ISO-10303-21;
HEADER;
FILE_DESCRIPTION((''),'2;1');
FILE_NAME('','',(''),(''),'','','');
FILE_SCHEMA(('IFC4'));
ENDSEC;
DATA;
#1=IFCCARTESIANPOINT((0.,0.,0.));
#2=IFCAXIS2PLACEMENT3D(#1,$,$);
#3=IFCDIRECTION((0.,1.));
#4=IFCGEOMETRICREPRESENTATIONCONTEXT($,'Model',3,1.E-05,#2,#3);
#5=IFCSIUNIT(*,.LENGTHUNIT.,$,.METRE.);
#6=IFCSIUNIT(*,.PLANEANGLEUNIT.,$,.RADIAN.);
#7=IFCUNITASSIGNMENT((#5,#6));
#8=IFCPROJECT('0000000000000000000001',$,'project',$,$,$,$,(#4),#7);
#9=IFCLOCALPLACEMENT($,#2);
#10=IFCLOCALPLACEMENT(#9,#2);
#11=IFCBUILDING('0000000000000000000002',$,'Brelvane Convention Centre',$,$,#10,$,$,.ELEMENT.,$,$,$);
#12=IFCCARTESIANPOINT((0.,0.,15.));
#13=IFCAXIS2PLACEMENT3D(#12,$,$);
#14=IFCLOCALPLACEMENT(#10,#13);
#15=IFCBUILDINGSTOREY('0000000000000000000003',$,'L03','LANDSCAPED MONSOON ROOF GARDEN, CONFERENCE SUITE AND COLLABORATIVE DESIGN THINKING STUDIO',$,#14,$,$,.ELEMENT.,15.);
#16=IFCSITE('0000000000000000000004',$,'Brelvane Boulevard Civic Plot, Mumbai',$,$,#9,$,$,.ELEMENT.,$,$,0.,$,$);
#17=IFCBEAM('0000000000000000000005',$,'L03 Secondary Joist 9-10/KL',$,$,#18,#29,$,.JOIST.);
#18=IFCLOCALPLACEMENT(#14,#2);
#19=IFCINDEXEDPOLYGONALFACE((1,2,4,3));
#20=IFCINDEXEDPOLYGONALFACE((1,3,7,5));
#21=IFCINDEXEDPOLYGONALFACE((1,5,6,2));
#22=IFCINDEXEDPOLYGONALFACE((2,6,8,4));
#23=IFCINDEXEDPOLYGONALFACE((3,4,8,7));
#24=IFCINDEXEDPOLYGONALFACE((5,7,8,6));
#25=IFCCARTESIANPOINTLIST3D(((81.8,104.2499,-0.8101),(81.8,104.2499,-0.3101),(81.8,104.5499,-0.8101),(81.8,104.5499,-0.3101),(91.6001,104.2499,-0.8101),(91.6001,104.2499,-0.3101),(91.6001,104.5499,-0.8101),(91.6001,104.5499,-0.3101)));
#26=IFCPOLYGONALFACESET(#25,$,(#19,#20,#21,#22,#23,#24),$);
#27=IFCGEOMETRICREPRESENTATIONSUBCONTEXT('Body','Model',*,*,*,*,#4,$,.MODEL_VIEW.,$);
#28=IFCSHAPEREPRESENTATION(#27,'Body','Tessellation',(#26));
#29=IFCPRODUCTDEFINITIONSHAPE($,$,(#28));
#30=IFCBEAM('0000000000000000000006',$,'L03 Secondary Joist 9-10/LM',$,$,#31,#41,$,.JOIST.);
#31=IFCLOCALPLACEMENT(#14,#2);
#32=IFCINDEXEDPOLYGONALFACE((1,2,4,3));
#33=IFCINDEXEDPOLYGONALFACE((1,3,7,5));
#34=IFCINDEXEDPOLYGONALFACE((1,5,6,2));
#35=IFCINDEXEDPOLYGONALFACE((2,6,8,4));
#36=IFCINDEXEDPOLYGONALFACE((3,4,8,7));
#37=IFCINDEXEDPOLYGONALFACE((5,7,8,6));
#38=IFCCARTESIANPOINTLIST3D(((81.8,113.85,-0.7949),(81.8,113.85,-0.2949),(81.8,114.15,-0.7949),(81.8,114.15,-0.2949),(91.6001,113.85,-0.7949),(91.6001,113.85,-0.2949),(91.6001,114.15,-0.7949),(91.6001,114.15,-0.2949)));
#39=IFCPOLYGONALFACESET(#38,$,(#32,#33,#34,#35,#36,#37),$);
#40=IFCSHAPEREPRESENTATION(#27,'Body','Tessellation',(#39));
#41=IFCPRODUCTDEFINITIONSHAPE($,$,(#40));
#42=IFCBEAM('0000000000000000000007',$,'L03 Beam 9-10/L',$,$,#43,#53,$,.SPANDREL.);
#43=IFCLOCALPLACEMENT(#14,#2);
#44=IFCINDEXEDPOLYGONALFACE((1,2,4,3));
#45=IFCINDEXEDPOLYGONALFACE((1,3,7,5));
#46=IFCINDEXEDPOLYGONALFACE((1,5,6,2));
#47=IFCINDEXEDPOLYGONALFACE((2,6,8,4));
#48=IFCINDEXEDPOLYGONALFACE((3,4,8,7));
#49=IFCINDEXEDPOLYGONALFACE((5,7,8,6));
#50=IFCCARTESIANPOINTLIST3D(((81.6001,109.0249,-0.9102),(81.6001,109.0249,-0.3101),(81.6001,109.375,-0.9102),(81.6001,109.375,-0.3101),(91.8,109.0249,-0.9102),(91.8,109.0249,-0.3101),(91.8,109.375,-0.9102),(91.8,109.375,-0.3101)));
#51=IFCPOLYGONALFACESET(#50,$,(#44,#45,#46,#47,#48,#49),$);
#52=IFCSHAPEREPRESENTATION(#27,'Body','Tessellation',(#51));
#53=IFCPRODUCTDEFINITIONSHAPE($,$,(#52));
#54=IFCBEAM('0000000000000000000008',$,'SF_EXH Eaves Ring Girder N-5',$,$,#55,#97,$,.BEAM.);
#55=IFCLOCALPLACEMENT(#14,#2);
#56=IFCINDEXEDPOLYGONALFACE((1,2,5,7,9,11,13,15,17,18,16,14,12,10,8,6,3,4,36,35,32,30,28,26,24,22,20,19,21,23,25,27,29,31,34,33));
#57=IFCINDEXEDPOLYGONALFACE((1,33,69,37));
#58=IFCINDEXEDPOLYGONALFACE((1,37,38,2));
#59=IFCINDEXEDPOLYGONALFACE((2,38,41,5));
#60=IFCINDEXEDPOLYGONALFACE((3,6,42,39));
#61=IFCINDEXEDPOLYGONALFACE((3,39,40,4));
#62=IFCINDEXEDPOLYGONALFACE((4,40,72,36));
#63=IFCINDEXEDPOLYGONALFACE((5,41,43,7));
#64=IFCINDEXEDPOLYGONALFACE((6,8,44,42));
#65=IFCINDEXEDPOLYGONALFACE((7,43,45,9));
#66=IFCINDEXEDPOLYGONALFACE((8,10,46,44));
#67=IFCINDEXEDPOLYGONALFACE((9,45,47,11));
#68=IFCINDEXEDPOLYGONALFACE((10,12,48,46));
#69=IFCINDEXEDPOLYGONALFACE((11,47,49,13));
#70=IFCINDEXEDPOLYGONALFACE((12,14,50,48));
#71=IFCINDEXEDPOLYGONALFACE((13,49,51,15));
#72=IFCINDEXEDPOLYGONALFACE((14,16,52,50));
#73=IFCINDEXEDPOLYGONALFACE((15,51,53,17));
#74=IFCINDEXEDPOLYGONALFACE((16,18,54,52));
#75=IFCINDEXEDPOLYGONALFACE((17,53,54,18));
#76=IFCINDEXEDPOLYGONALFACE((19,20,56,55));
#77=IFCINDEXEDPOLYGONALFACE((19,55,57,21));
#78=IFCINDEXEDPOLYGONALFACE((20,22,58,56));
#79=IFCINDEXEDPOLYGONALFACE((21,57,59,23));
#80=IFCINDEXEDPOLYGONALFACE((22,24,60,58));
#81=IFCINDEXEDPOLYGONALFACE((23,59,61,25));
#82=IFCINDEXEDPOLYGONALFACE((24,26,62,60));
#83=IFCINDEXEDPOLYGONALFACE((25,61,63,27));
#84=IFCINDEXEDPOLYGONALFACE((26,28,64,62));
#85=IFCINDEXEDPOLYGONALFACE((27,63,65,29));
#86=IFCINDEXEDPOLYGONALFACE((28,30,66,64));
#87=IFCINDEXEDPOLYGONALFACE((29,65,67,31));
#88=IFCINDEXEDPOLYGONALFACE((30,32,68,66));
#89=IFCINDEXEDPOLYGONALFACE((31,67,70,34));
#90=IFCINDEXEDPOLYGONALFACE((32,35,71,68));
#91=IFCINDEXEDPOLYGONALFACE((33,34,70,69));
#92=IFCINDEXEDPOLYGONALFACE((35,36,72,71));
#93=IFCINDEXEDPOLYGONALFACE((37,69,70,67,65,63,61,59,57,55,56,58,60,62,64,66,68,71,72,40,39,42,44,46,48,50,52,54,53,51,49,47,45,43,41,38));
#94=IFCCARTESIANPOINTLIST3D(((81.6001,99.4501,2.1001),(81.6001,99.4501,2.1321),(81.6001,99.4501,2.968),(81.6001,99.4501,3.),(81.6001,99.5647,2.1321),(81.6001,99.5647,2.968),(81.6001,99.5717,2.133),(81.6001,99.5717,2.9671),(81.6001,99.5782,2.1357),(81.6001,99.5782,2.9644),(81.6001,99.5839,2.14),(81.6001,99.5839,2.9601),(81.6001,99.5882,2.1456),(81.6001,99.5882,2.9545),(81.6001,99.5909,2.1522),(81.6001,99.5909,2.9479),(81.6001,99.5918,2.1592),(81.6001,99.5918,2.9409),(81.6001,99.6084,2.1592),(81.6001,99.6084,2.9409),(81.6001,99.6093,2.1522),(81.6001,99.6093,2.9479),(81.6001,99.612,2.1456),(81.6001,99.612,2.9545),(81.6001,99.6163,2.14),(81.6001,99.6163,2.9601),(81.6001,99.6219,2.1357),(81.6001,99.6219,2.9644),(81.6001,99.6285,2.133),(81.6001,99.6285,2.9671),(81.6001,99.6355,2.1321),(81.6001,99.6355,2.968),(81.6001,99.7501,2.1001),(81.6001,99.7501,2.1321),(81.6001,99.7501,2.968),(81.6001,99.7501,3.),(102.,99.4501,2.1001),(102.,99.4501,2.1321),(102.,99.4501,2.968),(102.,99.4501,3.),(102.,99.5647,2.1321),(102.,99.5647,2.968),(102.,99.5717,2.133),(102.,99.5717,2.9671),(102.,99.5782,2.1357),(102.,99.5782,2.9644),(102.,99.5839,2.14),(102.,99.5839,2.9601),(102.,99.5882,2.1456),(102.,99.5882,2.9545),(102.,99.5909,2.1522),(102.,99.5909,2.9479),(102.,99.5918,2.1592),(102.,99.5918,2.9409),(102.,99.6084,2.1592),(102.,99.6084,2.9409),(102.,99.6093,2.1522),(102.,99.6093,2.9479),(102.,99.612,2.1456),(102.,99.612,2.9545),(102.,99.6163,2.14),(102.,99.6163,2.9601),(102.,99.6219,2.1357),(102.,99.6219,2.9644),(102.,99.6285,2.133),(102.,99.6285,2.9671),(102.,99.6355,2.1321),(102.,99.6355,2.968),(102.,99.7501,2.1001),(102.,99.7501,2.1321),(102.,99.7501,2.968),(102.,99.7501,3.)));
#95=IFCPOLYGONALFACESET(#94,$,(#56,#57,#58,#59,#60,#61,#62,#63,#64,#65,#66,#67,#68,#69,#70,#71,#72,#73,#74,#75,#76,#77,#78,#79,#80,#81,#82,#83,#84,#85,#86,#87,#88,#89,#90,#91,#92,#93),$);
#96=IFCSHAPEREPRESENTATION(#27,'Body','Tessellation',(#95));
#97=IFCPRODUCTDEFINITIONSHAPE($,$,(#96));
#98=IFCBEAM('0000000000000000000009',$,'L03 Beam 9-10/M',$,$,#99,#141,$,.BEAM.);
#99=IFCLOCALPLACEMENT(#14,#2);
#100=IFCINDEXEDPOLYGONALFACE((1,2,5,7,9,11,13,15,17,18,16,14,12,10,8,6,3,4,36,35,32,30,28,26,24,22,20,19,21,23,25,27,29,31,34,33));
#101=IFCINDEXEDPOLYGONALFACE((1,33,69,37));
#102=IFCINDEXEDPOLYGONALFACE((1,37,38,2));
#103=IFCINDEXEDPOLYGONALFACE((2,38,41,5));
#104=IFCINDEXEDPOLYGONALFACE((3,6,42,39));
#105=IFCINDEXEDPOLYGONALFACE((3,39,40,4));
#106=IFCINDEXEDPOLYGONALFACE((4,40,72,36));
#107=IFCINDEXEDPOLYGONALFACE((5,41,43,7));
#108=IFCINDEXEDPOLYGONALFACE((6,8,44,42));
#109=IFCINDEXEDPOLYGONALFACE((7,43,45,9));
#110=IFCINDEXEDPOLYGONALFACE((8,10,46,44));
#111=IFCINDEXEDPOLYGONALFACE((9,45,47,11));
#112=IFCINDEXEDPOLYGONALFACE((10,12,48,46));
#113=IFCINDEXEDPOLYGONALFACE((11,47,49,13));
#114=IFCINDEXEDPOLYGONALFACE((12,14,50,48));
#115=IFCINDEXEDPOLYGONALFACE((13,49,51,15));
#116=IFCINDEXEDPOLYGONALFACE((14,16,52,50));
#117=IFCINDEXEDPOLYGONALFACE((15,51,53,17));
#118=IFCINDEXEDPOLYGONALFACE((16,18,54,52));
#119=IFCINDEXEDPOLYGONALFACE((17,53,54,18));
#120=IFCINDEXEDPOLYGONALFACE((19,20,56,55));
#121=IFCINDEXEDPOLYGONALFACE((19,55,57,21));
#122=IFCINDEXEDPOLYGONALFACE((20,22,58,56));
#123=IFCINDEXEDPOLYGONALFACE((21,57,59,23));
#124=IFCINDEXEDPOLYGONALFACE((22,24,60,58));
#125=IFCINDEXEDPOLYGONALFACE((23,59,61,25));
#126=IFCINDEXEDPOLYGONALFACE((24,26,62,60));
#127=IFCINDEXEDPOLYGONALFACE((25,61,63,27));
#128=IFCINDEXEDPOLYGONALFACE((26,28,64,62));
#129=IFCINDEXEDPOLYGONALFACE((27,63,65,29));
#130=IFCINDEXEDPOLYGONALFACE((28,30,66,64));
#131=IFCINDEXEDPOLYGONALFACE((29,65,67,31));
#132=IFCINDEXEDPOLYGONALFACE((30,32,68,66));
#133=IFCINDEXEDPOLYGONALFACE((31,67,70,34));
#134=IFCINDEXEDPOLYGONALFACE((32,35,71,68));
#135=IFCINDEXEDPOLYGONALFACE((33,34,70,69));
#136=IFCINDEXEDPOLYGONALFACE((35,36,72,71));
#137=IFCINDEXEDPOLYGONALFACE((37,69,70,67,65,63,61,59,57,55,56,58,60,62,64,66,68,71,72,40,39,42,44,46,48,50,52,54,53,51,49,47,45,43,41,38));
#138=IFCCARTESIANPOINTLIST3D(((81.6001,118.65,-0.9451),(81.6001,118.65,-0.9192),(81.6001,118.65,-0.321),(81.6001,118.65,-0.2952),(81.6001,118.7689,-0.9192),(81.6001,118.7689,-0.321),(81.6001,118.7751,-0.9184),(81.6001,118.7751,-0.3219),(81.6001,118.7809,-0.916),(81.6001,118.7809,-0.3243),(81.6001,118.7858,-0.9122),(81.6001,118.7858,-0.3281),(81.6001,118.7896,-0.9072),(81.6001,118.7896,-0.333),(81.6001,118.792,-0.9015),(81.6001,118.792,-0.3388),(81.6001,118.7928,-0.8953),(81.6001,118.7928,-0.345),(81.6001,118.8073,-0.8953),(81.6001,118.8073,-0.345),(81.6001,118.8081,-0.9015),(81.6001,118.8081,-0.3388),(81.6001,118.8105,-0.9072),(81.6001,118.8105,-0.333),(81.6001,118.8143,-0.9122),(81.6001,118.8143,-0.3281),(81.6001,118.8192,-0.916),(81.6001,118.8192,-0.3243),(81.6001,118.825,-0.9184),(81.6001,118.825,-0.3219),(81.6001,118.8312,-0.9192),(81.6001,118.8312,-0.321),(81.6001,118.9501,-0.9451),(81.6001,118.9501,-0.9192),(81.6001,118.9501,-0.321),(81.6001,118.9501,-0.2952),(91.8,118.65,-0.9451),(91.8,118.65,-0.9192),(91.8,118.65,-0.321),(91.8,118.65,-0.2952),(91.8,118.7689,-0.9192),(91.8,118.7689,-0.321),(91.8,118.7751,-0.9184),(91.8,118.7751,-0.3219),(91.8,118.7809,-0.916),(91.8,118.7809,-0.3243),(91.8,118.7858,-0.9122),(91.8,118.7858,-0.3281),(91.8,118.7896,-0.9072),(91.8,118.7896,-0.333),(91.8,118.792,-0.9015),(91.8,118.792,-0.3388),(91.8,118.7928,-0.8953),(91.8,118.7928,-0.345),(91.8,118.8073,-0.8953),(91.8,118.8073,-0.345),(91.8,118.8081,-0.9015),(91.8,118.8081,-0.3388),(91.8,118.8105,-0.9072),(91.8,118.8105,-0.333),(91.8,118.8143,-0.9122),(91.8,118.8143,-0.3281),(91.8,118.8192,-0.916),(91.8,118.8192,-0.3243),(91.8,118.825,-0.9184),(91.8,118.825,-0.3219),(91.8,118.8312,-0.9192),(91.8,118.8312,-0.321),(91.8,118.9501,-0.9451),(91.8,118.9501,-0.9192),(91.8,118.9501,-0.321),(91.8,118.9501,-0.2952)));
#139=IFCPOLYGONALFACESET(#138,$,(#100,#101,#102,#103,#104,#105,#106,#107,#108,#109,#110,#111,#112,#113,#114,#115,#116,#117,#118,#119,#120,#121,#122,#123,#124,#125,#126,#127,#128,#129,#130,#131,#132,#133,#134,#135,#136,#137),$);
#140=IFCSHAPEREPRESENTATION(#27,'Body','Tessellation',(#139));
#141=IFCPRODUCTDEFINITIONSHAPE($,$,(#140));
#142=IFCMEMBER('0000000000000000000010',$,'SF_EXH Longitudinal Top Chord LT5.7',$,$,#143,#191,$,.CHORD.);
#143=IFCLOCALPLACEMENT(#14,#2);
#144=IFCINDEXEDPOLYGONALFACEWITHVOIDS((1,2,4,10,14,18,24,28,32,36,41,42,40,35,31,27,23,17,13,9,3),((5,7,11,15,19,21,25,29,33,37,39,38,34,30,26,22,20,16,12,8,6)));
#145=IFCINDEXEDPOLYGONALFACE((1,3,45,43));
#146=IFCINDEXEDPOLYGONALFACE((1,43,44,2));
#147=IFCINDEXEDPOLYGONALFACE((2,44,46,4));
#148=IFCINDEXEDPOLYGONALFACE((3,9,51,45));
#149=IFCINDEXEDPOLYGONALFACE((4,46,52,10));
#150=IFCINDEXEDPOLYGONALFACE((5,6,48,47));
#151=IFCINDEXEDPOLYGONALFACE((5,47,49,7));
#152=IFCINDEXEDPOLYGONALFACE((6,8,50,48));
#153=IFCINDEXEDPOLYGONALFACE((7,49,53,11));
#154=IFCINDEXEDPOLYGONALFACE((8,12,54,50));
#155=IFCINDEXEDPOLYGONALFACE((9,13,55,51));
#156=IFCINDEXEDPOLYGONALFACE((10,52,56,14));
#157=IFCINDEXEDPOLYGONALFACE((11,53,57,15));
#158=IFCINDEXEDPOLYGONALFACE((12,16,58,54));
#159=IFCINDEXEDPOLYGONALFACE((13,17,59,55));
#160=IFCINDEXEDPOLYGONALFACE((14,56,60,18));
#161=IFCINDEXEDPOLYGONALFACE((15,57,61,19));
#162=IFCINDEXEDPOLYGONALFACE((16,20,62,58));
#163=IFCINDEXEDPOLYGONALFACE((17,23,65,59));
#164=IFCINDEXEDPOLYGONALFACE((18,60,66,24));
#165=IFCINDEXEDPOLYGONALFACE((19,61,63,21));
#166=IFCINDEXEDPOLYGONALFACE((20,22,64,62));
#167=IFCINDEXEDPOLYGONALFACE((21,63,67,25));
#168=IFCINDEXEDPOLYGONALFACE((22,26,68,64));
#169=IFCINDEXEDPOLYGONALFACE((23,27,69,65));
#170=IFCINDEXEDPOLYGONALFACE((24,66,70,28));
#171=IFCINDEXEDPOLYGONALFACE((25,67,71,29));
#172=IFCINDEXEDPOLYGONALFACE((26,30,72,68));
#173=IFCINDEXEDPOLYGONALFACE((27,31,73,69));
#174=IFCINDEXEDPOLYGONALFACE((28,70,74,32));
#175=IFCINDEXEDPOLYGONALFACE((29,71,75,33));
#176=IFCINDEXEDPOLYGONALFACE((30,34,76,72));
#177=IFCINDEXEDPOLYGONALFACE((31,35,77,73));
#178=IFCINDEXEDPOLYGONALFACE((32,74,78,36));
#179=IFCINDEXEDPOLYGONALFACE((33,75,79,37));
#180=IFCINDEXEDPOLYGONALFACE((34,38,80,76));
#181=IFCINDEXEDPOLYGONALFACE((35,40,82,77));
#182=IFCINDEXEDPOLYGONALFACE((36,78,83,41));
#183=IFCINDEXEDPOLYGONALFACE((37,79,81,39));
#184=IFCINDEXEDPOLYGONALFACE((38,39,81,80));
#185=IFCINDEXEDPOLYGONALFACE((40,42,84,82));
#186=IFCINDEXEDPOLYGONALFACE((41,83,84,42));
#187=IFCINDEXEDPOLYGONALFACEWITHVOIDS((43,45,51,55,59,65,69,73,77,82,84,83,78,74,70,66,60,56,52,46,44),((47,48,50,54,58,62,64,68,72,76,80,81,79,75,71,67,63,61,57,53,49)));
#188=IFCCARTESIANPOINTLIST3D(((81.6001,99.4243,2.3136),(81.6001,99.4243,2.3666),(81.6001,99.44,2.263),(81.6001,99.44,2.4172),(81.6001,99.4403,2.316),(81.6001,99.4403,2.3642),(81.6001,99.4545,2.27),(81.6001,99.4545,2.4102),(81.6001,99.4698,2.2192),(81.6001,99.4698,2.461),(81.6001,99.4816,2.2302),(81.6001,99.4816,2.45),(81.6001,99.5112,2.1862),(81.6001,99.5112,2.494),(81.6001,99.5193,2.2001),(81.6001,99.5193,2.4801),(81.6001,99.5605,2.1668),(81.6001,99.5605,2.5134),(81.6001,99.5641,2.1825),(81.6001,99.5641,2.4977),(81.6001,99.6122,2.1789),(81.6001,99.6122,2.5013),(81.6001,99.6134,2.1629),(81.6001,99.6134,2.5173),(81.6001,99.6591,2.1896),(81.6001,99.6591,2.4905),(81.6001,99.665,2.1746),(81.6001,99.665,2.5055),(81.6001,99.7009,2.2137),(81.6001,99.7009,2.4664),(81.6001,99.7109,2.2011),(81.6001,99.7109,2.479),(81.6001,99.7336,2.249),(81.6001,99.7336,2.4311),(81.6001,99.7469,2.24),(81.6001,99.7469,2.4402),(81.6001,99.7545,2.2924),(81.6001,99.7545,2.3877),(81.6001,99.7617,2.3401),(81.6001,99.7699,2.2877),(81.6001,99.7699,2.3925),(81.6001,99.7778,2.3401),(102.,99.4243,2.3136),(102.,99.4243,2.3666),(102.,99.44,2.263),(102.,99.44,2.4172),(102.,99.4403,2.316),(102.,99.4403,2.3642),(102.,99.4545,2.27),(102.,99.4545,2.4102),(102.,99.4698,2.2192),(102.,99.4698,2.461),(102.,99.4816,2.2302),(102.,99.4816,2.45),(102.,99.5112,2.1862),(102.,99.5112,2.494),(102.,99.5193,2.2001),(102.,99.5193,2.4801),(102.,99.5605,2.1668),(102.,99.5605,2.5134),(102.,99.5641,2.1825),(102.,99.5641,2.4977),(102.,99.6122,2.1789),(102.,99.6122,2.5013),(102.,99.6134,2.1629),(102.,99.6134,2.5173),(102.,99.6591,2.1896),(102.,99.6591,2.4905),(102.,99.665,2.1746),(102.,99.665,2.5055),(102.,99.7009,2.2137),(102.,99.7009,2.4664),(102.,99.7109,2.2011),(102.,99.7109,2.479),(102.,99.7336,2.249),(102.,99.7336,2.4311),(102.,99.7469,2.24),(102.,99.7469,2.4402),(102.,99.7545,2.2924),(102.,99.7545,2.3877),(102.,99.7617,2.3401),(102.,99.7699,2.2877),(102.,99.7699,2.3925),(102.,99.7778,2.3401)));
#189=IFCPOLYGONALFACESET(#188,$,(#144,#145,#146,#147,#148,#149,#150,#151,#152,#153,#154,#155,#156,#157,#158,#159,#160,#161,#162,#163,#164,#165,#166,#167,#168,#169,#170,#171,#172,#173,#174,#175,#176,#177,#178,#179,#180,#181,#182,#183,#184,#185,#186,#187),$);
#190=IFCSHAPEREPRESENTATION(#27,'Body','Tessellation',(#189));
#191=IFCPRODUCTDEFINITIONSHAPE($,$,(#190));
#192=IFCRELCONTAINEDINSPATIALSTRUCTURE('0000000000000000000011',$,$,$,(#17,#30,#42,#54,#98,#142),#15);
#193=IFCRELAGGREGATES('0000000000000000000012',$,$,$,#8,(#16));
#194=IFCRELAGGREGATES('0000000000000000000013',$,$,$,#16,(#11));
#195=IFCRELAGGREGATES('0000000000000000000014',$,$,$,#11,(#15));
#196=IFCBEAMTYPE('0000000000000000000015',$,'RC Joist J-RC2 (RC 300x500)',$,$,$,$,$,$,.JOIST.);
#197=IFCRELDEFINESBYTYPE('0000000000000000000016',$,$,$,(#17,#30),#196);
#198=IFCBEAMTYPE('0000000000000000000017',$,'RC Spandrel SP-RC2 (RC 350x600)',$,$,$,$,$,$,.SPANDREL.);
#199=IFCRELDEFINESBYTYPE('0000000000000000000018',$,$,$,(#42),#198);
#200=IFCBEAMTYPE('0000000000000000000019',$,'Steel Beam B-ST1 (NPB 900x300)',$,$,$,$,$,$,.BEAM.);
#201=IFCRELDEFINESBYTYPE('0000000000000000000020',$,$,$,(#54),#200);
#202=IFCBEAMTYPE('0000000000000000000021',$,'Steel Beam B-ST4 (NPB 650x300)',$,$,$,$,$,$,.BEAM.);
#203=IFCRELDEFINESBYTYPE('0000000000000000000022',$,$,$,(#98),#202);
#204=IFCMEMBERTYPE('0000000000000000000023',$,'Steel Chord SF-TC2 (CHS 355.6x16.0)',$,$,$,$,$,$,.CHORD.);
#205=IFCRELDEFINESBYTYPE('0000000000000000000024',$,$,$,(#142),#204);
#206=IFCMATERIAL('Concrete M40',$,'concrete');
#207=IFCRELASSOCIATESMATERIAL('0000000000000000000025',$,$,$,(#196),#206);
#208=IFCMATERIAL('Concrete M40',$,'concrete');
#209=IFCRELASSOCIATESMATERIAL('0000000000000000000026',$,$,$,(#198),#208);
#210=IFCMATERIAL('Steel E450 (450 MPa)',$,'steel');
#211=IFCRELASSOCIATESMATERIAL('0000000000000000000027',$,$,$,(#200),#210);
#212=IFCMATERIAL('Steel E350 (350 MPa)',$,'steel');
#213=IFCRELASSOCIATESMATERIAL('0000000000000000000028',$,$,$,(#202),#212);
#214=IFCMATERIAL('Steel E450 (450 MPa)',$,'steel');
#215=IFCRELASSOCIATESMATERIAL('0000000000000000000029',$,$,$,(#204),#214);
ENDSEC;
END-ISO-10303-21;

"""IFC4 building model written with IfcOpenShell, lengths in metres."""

from ifc_helpers import new_model, si_unit, direction, frame, origin, origin_2d, place, context, subcontext, project, spatial, rectangle, hollow_circle, i_section, extrude, material, material_profile, profile_set, type_object, element, save


model = new_model("IFC4")

# Units and contexts
model_context = context("Model", 3, precision=1e-05, world=origin(), true_north=direction((0.0, 1.0)))
body_context = subcontext(model_context, "Body", "Model", "MODEL_VIEW")
ifc_project = project(units=[si_unit("LENGTHUNIT", "METRE"), si_unit("PLANEANGLEUNIT", "RADIAN")], contexts=[model_context])

# Site, building, storey
site_placement = place(None, origin())
site = spatial("IfcSite", under=ifc_project, at=site_placement, Name="Brelvane Boulevard Civic Plot, Mumbai", CompositionType="ELEMENT", RefElevation=0.0)
building_placement = place(site_placement, origin())
building = spatial("IfcBuilding", under=site, at=building_placement, Name="Brelvane Convention Centre", CompositionType="ELEMENT")
storey_placement = place(building_placement, frame((0.0, 0.0, 15.0)))
storey = spatial("IfcBuildingStorey", under=building, at=storey_placement, Name="L03", Description="LANDSCAPED MONSOON ROOF GARDEN, CONFERENCE SUITE AND COLLABORATIVE DESIGN THINKING STUDIO", CompositionType="ELEMENT", Elevation=15.0)

# Beams
ifc_material_1 = material(Name="Concrete M40", Category="concrete")
ifc_material_profile_1 = material_profile(ifc_material_1, rectangle(XDim=0.3, YDim=0.5, at=origin_2d()), Name="RC 300x500")
ifc_profile_set_1 = profile_set([ifc_material_profile_1], Name="Concrete M40")
beam_type_1 = type_object("IfcBeamType", Name="RC Joist J-RC2 (RC 300x500)", PredefinedType="JOIST", material=ifc_profile_set_1)
for number, where, z_axis, x_axis, name in (
    (1, (81.8, 104.3999, -0.5601), (1.0, 0.0, 0.0), (0.0, 1.0, 0.0), "L03 Secondary Joist 9-10/KL"),
    (2, (81.8, 114.0, -0.5449), (1.0, 0.0, 0.0), (0.0, 1.0, 0.0), "L03 Secondary Joist 9-10/LM"),
):
    element("IfcBeam", number, at=place(storey_placement, frame(where, z_axis=z_axis, x_axis=x_axis)), inside=storey, type_object=beam_type_1, Name=name, PredefinedType="JOIST", context=body_context, shape_type="SweptSolid", body=[
        extrude(rectangle(XDim=0.3, YDim=0.5, at=origin_2d()), origin(), (0.0, 0.0, 1.0), 9.8),
    ])
ifc_material_2 = material(Name="Concrete M40", Category="concrete")
ifc_material_profile_2 = material_profile(ifc_material_2, rectangle(XDim=0.3501, YDim=0.6001, at=origin_2d()), Name="RC 350x600")
ifc_profile_set_2 = profile_set([ifc_material_profile_2], Name="Concrete M40")
beam_type_2 = type_object("IfcBeamType", Name="RC Spandrel SP-RC2 (RC 350x600)", PredefinedType="SPANDREL", material=ifc_profile_set_2)
beam_1_placement = place(storey_placement, frame((81.6001, 109.2, -0.6101), z_axis=(1.0, 0.0, 0.0), x_axis=(0.0, 1.0, 0.0)))
element("IfcBeam", 3, at=beam_1_placement, inside=storey, type_object=beam_type_2, Name="L03 Beam 9-10/L", PredefinedType="SPANDREL", context=body_context, shape_type="SweptSolid", body=[
    extrude(rectangle(XDim=0.3501, YDim=0.6001, at=origin_2d()), origin(), (0.0, 0.0, 1.0), 10.2),
])
ifc_material_3 = material(Name="Steel E450 (450 MPa)", Category="steel")
ifc_material_profile_3 = material_profile(ifc_material_3, i_section(OverallWidth=0.3, OverallDepth=0.8999, WebThickness=0.0166, FlangeThickness=0.032, FilletRadius=0.0271, at=origin_2d()), Name="NPB 900x300")
ifc_profile_set_3 = profile_set([ifc_material_profile_3], Name="Steel E450 (450 MPa)")
beam_type_3 = type_object("IfcBeamType", Name="Steel Beam B-ST1 (NPB 900x300)", PredefinedType="BEAM", material=ifc_profile_set_3)
beam_2_placement = place(storey_placement, frame((81.6001, 99.6001, 2.55), z_axis=(1.0, 0.0, 0.0), x_axis=(0.0, 1.0, 0.0)))
element("IfcBeam", 4, at=beam_2_placement, inside=storey, type_object=beam_type_3, Name="SF_EXH Eaves Ring Girder N-5", PredefinedType="BEAM", context=body_context, shape_type="SweptSolid", body=[
    extrude(i_section(OverallWidth=0.3, OverallDepth=0.8999, WebThickness=0.0166, FlangeThickness=0.032, FilletRadius=0.0271, at=origin_2d()), origin(), (0.0, 0.0, 1.0), 20.3999),
])
ifc_material_4 = material(Name="Steel E350 (350 MPa)", Category="steel")
ifc_material_profile_4 = material_profile(ifc_material_4, i_section(OverallWidth=0.3, OverallDepth=0.6499, WebThickness=0.0144, FlangeThickness=0.0259, FilletRadius=0.0239, at=origin_2d()), Name="NPB 650x300")
ifc_profile_set_4 = profile_set([ifc_material_profile_4], Name="Steel E350 (350 MPa)")
beam_type_4 = type_object("IfcBeamType", Name="Steel Beam B-ST4 (NPB 650x300)", PredefinedType="BEAM", material=ifc_profile_set_4)
beam_3_placement = place(storey_placement, frame((81.6001, 118.8, -0.6201), z_axis=(1.0, 0.0, 0.0), x_axis=(0.0, 1.0, 0.0)))
element("IfcBeam", 5, at=beam_3_placement, inside=storey, type_object=beam_type_4, Name="L03 Beam 9-10/M", PredefinedType="BEAM", context=body_context, shape_type="SweptSolid", body=[
    extrude(i_section(OverallWidth=0.3, OverallDepth=0.6499, WebThickness=0.0144, FlangeThickness=0.0259, FilletRadius=0.0239, at=origin_2d()), origin(), (0.0, 0.0, 1.0), 10.2),
])

# Member
ifc_material_5 = material(Name="Steel E450 (450 MPa)", Category="steel")
ifc_material_profile_5 = material_profile(ifc_material_5, hollow_circle(Radius=0.1777, WallThickness=0.0161, at=origin_2d()), Name="CHS 355.6x16.0")
ifc_profile_set_5 = profile_set([ifc_material_profile_5], Name="Steel E450 (450 MPa)")
member_type_1 = type_object("IfcMemberType", Name="Steel Chord SF-TC2 (CHS 355.6x16.0)", PredefinedType="CHORD", material=ifc_profile_set_5)
member_1_placement = place(storey_placement, frame((81.6001, 99.6001, 2.3401), z_axis=(1.0, 0.0, 0.0), x_axis=(0.0, 1.0, 0.0)))
element("IfcMember", 6, at=member_1_placement, inside=storey, type_object=member_type_1, Name="SF_EXH Longitudinal Top Chord LT5.7", PredefinedType="CHORD", context=body_context, shape_type="SweptSolid", body=[
    extrude(hollow_circle(Radius=0.1777, WallThickness=0.0161, at=origin_2d()), origin(), (0.0, 0.0, 1.0), 20.3999),
])

save(model, "model.ifc")
